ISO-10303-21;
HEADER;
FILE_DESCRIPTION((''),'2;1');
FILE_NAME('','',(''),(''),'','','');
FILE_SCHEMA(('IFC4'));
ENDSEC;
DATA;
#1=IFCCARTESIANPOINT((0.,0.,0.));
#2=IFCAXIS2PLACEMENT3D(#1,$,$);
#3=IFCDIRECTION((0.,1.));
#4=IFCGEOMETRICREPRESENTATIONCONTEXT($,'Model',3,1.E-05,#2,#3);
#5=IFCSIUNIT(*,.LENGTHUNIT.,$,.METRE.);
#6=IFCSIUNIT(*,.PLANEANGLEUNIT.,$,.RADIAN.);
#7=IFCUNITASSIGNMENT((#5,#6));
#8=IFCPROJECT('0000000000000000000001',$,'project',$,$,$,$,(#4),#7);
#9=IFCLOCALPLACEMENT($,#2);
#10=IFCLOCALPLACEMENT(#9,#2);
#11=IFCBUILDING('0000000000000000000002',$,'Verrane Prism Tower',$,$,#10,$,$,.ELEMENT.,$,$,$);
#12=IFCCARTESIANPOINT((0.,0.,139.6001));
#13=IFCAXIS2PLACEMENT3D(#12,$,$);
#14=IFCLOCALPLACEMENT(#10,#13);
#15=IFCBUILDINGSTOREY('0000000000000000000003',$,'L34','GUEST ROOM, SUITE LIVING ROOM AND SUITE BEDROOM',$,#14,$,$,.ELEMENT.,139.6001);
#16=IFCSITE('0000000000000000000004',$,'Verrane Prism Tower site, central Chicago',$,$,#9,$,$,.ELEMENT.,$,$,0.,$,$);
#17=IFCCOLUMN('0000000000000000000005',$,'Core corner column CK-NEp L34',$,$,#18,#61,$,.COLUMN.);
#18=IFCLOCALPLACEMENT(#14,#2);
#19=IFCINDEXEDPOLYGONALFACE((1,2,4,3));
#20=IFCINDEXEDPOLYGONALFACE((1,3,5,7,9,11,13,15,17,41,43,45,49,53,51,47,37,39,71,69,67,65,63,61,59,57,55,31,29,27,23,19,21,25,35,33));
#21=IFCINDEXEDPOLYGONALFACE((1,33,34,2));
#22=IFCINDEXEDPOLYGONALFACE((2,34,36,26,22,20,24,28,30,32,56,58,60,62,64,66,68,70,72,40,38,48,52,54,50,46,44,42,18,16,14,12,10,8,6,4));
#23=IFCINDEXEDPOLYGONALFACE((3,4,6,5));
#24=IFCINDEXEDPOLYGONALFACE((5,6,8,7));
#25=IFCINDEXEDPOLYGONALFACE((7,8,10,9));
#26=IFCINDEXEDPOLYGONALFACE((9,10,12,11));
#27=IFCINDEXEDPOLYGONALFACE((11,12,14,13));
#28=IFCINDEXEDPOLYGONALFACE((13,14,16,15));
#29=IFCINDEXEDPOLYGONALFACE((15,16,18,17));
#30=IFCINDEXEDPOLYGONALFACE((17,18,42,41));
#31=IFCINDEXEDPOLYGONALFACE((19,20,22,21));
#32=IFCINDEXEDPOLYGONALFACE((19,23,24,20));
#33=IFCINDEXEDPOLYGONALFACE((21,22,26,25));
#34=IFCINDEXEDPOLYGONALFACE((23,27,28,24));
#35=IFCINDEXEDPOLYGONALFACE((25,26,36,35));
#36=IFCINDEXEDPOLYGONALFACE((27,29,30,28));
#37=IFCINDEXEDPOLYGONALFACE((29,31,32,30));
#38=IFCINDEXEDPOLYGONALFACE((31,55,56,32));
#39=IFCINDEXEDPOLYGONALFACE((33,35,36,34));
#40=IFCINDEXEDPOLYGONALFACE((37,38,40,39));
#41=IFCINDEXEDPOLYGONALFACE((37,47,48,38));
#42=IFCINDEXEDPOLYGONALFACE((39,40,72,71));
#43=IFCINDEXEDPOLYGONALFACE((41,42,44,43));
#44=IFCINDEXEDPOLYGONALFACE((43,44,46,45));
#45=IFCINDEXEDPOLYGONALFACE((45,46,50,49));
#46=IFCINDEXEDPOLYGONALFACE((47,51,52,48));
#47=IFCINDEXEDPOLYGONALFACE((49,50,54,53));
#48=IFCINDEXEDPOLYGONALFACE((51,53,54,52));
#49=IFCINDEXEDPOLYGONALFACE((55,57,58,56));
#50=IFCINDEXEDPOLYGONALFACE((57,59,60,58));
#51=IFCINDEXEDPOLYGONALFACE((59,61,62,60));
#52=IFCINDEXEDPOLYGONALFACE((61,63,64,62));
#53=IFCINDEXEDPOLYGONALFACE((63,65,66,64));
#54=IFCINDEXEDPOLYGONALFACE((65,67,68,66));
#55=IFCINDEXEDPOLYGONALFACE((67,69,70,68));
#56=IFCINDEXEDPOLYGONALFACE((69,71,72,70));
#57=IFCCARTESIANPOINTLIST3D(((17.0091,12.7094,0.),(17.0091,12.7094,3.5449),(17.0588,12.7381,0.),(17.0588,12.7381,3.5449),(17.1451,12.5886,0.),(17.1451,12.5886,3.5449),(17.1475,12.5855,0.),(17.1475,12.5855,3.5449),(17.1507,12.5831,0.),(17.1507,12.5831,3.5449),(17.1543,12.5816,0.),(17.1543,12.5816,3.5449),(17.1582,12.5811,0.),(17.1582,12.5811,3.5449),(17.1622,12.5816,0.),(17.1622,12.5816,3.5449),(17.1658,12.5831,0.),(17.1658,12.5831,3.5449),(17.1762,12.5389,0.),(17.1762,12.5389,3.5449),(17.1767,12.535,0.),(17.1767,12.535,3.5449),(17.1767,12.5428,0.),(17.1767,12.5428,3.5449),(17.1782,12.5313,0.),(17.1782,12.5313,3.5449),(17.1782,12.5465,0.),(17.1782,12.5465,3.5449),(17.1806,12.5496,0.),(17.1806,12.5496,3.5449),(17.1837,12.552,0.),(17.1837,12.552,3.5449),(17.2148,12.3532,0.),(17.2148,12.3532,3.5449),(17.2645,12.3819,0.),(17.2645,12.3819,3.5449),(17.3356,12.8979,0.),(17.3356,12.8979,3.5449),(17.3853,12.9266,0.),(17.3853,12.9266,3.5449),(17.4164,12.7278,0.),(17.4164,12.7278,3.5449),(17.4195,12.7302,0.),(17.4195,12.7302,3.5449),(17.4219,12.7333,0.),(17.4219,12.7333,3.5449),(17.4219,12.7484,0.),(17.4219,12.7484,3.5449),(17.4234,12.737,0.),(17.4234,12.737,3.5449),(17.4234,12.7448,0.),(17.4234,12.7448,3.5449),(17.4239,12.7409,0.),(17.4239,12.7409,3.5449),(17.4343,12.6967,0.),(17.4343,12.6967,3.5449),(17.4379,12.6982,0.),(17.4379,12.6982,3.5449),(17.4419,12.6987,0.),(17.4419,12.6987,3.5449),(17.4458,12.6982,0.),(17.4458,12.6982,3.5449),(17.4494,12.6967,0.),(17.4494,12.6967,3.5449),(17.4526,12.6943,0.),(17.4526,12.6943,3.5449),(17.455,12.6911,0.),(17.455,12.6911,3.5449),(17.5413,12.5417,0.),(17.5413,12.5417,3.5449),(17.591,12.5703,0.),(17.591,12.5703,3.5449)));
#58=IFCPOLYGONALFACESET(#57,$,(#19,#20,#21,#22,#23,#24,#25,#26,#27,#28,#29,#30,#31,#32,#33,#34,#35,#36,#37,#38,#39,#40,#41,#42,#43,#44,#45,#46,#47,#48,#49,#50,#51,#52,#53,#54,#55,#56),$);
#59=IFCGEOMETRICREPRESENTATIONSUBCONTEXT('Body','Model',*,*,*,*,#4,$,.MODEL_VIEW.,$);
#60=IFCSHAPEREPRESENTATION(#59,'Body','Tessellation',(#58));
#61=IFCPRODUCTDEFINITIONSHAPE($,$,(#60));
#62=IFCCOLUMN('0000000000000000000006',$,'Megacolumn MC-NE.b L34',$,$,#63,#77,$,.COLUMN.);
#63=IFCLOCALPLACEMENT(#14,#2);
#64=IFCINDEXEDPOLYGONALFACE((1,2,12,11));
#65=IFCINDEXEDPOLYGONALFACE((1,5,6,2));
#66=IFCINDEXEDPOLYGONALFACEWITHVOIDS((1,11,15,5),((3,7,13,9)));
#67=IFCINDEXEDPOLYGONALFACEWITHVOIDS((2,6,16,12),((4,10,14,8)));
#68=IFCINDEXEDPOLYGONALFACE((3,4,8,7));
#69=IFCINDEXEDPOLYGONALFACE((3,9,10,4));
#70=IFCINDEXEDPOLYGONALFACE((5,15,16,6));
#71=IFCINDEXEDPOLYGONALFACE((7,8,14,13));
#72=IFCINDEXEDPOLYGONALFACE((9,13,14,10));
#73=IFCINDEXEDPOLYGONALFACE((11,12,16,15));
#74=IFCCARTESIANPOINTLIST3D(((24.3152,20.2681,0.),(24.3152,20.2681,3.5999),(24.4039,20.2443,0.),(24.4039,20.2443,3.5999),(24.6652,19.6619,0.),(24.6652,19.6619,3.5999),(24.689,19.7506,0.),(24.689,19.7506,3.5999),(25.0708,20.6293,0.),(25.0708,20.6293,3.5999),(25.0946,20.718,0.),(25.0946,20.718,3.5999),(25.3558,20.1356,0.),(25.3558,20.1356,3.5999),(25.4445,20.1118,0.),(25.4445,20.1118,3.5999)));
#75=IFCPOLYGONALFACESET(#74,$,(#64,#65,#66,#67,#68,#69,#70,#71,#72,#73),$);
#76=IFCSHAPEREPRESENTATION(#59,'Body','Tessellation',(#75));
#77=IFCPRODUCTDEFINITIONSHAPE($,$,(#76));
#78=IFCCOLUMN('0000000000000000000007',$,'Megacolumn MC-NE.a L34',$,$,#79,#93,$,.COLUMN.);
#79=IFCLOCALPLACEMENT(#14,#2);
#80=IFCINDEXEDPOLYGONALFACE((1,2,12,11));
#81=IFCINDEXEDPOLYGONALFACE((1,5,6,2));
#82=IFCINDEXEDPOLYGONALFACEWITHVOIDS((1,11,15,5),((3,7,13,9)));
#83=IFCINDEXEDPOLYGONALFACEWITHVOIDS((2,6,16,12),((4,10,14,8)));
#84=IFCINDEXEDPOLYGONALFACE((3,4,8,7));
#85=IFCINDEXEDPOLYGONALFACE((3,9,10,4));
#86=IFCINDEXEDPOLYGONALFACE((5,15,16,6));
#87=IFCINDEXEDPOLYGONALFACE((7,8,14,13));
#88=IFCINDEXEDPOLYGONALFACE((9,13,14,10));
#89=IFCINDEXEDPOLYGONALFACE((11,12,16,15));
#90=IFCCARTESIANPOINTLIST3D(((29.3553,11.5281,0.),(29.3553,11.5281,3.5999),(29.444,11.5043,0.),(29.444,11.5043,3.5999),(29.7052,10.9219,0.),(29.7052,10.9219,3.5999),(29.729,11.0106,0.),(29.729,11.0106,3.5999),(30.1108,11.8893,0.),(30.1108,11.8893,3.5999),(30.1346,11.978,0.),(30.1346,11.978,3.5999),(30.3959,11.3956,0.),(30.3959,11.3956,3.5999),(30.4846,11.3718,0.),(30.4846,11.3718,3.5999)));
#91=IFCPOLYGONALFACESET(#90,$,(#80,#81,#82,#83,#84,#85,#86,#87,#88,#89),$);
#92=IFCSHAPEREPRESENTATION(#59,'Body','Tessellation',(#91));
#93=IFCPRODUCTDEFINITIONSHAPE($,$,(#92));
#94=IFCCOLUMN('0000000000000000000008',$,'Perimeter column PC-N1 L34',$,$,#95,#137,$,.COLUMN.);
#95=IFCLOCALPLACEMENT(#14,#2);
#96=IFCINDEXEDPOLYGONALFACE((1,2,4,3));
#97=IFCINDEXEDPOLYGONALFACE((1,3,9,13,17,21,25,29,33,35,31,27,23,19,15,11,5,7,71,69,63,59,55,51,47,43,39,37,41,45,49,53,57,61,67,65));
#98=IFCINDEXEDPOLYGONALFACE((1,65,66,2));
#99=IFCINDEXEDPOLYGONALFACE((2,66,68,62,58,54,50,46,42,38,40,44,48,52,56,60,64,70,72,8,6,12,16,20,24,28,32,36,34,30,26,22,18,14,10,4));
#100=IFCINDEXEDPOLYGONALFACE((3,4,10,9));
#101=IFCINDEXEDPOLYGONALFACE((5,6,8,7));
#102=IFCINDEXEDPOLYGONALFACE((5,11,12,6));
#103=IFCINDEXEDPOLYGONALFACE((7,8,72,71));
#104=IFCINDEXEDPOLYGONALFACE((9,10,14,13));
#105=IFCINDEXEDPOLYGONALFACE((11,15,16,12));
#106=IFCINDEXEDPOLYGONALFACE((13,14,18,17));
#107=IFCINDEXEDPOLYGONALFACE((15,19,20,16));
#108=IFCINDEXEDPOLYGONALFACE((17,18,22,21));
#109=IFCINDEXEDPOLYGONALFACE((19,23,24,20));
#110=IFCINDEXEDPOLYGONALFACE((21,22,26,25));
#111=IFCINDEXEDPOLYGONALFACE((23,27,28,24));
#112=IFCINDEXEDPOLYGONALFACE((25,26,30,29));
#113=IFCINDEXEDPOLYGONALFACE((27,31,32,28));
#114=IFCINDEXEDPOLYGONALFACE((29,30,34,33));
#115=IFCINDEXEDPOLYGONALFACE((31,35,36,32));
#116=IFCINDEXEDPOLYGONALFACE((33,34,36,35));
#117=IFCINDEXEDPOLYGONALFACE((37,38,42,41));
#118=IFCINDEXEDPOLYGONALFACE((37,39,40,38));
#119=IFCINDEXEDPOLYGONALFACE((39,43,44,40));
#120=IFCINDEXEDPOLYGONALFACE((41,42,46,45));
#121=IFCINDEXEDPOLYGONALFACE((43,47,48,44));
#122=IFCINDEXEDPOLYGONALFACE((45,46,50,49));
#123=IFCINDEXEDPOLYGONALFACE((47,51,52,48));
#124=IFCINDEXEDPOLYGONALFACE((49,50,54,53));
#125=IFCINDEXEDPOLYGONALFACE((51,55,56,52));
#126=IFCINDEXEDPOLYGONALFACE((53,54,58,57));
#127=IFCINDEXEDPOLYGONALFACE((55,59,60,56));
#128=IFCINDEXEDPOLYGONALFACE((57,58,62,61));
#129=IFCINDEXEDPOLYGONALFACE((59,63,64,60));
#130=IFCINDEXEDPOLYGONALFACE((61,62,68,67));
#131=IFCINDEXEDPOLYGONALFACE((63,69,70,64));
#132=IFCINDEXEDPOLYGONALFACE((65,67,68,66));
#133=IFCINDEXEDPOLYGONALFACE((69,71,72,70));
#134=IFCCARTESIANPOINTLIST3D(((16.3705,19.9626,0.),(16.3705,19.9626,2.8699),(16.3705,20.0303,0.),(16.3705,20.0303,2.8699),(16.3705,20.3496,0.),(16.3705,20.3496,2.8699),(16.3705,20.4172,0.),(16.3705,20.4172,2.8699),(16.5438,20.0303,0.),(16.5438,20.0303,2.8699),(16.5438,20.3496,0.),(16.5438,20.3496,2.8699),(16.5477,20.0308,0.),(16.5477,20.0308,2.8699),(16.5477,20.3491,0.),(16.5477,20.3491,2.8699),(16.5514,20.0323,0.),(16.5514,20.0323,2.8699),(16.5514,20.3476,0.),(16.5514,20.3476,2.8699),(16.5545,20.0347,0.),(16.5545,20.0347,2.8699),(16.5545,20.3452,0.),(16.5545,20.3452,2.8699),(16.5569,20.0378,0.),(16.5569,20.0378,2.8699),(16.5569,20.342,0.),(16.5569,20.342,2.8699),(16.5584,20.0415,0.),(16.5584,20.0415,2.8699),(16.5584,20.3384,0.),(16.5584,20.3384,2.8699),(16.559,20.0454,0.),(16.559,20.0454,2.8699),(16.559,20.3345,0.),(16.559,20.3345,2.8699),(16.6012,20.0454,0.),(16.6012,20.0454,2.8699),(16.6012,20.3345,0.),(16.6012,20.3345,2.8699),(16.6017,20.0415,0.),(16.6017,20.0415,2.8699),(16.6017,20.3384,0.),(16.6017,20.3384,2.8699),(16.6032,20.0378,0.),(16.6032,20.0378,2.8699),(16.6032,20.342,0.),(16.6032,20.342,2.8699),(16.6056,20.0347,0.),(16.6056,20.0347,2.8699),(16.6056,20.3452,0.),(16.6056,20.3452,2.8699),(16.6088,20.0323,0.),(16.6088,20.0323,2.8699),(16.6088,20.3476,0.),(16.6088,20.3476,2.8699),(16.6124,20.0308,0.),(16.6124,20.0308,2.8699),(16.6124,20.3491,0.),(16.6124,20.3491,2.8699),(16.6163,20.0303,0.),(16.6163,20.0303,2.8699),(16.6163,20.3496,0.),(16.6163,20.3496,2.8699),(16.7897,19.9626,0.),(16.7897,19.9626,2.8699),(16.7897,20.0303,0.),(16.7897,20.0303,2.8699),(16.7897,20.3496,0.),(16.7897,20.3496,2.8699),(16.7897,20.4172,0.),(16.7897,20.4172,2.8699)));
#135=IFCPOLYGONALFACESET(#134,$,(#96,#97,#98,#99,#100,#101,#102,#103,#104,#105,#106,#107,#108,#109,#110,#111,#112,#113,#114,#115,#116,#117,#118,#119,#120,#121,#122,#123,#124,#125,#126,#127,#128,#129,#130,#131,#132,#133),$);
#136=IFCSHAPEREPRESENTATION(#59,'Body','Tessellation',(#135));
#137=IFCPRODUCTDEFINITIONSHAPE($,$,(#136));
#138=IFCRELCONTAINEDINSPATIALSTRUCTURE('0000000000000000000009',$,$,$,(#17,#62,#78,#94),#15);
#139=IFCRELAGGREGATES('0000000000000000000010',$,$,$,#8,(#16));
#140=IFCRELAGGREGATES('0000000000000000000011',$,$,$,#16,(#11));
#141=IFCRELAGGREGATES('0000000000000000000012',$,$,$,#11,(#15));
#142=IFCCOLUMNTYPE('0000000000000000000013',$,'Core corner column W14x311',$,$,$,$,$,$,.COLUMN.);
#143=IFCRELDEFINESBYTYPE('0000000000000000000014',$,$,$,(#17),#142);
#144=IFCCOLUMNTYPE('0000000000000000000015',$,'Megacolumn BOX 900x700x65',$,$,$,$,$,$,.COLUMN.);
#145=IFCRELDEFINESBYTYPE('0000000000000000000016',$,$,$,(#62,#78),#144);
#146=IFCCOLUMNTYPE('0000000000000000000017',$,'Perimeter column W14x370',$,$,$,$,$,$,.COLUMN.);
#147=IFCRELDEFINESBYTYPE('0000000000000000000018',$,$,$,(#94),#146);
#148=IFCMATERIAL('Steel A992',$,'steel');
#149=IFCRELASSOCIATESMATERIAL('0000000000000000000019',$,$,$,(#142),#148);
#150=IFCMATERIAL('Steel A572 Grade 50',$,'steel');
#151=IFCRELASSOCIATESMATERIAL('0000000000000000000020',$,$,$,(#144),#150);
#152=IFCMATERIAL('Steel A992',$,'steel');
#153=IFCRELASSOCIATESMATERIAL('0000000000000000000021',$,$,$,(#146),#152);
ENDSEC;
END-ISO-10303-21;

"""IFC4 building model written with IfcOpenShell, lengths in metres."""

from ifc_helpers import new_model, si_unit, direction, frame, origin, origin_2d, place, context, subcontext, project, spatial, hollow_rectangle, i_section, extrude, material, material_profile, profile_set, type_object, element, save


model = new_model("IFC4")

# Units and contexts
model_context = context("Model", 3, precision=1e-05, world=origin(), true_north=direction((0.0, 1.0)))
body_context = subcontext(model_context, "Body", "Model", "MODEL_VIEW")
ifc_project = project(units=[si_unit("LENGTHUNIT", "METRE"), si_unit("PLANEANGLEUNIT", "RADIAN")], contexts=[model_context])

# Site, building, storey
site_placement = place(None, origin())
site = spatial("IfcSite", under=ifc_project, at=site_placement, Name="Verrane Prism Tower site, central Chicago", CompositionType="ELEMENT", RefElevation=0.0)
building_placement = place(site_placement, origin())
building = spatial("IfcBuilding", under=site, at=building_placement, Name="Verrane Prism Tower", CompositionType="ELEMENT")
storey_placement = place(building_placement, frame((0.0, 0.0, 139.6001)))
storey = spatial("IfcBuildingStorey", under=building, at=storey_placement, Name="L34", Description="GUEST ROOM, SUITE LIVING ROOM AND SUITE BEDROOM", CompositionType="ELEMENT", Elevation=139.6001)

# Columns
ifc_material_1 = material(Name="Steel A992", Category="steel")
ifc_material_profile_1 = material_profile(ifc_material_1, i_section(OverallWidth=0.4114, OverallDepth=0.4343, WebThickness=0.0359, FlangeThickness=0.0574, FilletRadius=0.0151, at=origin_2d()), Name="W14x311")
ifc_profile_set_1 = profile_set([ifc_material_profile_1], Name="Steel A992")
column_type_1 = type_object("IfcColumnType", Name="Core corner column W14x311", PredefinedType="COLUMN", material=ifc_profile_set_1)
column_1_placement = place(storey_placement, frame((17.3, 12.6399, 0.0), z_axis=(0.0, 0.0, 1.0), x_axis=(0.5, -0.866025, 0.0)))
element("IfcColumn", 1, at=column_1_placement, inside=storey, type_object=column_type_1, Name="Core corner column CK-NEp L34", PredefinedType="COLUMN", context=body_context, shape_type="SweptSolid", body=[
    extrude(i_section(OverallWidth=0.4114, OverallDepth=0.4343, WebThickness=0.0359, FlangeThickness=0.0574, FilletRadius=0.0151, at=origin_2d()), origin(), (0.0, 0.0, 1.0), 3.5449),
])
ifc_material_2 = material(Name="Steel A572 Grade 50", Category="steel")
ifc_material_profile_2 = material_profile(ifc_material_2, hollow_rectangle(XDim=0.7, YDim=0.8999, WallThickness=0.0649, at=origin_2d()), Name="BOX 900x700x65")
ifc_profile_set_2 = profile_set([ifc_material_profile_2], Name="Steel A572 Grade 50")
column_type_2 = type_object("IfcColumnType", Name="Megacolumn BOX 900x700x65", PredefinedType="COLUMN", material=ifc_profile_set_2)
for number, where, z_axis, x_axis, name in (
    (2, (24.8799, 20.1899, 0.0), (0.0, 0.0, 1.0), (0.5, -0.866025, 0.0), "Megacolumn MC-NE.b L34"),
    (3, (29.9199, 11.45, 0.0), (0.0, 0.0, 1.0), (0.5, -0.866025, 0.0), "Megacolumn MC-NE.a L34"),
):
    element("IfcColumn", number, at=place(storey_placement, frame(where, z_axis=z_axis, x_axis=x_axis)), inside=storey, type_object=column_type_2, Name=name, PredefinedType="COLUMN", context=body_context, shape_type="SweptSolid", body=[
        extrude(hollow_rectangle(XDim=0.7, YDim=0.8999, WallThickness=0.0649, at=origin_2d()), origin(), (0.0, 0.0, 1.0), 3.5999),
    ])
ifc_material_3 = material(Name="Steel A992", Category="steel")
ifc_material_profile_3 = material_profile(ifc_material_3, i_section(OverallWidth=0.4192, OverallDepth=0.4546, WebThickness=0.0422, FlangeThickness=0.0676, FilletRadius=0.0151, at=origin_2d()), Name="W14x370")
ifc_profile_set_3 = profile_set([ifc_material_profile_3], Name="Steel A992")
column_type_3 = type_object("IfcColumnType", Name="Perimeter column W14x370", PredefinedType="COLUMN", material=ifc_profile_set_3)
column_2_placement = place(storey_placement, frame((16.5801, 20.1899, 0.0), z_axis=(0.0, 0.0, 1.0), x_axis=(1.0, 0.0, 0.0)))
element("IfcColumn", 4, at=column_2_placement, inside=storey, type_object=column_type_3, Name="Perimeter column PC-N1 L34", PredefinedType="COLUMN", context=body_context, shape_type="SweptSolid", body=[
    extrude(i_section(OverallWidth=0.4192, OverallDepth=0.4546, WebThickness=0.0422, FlangeThickness=0.0676, FilletRadius=0.0151, at=origin_2d()), origin(), (0.0, 0.0, 1.0), 2.8699),
])

save(model, "model.ifc")
